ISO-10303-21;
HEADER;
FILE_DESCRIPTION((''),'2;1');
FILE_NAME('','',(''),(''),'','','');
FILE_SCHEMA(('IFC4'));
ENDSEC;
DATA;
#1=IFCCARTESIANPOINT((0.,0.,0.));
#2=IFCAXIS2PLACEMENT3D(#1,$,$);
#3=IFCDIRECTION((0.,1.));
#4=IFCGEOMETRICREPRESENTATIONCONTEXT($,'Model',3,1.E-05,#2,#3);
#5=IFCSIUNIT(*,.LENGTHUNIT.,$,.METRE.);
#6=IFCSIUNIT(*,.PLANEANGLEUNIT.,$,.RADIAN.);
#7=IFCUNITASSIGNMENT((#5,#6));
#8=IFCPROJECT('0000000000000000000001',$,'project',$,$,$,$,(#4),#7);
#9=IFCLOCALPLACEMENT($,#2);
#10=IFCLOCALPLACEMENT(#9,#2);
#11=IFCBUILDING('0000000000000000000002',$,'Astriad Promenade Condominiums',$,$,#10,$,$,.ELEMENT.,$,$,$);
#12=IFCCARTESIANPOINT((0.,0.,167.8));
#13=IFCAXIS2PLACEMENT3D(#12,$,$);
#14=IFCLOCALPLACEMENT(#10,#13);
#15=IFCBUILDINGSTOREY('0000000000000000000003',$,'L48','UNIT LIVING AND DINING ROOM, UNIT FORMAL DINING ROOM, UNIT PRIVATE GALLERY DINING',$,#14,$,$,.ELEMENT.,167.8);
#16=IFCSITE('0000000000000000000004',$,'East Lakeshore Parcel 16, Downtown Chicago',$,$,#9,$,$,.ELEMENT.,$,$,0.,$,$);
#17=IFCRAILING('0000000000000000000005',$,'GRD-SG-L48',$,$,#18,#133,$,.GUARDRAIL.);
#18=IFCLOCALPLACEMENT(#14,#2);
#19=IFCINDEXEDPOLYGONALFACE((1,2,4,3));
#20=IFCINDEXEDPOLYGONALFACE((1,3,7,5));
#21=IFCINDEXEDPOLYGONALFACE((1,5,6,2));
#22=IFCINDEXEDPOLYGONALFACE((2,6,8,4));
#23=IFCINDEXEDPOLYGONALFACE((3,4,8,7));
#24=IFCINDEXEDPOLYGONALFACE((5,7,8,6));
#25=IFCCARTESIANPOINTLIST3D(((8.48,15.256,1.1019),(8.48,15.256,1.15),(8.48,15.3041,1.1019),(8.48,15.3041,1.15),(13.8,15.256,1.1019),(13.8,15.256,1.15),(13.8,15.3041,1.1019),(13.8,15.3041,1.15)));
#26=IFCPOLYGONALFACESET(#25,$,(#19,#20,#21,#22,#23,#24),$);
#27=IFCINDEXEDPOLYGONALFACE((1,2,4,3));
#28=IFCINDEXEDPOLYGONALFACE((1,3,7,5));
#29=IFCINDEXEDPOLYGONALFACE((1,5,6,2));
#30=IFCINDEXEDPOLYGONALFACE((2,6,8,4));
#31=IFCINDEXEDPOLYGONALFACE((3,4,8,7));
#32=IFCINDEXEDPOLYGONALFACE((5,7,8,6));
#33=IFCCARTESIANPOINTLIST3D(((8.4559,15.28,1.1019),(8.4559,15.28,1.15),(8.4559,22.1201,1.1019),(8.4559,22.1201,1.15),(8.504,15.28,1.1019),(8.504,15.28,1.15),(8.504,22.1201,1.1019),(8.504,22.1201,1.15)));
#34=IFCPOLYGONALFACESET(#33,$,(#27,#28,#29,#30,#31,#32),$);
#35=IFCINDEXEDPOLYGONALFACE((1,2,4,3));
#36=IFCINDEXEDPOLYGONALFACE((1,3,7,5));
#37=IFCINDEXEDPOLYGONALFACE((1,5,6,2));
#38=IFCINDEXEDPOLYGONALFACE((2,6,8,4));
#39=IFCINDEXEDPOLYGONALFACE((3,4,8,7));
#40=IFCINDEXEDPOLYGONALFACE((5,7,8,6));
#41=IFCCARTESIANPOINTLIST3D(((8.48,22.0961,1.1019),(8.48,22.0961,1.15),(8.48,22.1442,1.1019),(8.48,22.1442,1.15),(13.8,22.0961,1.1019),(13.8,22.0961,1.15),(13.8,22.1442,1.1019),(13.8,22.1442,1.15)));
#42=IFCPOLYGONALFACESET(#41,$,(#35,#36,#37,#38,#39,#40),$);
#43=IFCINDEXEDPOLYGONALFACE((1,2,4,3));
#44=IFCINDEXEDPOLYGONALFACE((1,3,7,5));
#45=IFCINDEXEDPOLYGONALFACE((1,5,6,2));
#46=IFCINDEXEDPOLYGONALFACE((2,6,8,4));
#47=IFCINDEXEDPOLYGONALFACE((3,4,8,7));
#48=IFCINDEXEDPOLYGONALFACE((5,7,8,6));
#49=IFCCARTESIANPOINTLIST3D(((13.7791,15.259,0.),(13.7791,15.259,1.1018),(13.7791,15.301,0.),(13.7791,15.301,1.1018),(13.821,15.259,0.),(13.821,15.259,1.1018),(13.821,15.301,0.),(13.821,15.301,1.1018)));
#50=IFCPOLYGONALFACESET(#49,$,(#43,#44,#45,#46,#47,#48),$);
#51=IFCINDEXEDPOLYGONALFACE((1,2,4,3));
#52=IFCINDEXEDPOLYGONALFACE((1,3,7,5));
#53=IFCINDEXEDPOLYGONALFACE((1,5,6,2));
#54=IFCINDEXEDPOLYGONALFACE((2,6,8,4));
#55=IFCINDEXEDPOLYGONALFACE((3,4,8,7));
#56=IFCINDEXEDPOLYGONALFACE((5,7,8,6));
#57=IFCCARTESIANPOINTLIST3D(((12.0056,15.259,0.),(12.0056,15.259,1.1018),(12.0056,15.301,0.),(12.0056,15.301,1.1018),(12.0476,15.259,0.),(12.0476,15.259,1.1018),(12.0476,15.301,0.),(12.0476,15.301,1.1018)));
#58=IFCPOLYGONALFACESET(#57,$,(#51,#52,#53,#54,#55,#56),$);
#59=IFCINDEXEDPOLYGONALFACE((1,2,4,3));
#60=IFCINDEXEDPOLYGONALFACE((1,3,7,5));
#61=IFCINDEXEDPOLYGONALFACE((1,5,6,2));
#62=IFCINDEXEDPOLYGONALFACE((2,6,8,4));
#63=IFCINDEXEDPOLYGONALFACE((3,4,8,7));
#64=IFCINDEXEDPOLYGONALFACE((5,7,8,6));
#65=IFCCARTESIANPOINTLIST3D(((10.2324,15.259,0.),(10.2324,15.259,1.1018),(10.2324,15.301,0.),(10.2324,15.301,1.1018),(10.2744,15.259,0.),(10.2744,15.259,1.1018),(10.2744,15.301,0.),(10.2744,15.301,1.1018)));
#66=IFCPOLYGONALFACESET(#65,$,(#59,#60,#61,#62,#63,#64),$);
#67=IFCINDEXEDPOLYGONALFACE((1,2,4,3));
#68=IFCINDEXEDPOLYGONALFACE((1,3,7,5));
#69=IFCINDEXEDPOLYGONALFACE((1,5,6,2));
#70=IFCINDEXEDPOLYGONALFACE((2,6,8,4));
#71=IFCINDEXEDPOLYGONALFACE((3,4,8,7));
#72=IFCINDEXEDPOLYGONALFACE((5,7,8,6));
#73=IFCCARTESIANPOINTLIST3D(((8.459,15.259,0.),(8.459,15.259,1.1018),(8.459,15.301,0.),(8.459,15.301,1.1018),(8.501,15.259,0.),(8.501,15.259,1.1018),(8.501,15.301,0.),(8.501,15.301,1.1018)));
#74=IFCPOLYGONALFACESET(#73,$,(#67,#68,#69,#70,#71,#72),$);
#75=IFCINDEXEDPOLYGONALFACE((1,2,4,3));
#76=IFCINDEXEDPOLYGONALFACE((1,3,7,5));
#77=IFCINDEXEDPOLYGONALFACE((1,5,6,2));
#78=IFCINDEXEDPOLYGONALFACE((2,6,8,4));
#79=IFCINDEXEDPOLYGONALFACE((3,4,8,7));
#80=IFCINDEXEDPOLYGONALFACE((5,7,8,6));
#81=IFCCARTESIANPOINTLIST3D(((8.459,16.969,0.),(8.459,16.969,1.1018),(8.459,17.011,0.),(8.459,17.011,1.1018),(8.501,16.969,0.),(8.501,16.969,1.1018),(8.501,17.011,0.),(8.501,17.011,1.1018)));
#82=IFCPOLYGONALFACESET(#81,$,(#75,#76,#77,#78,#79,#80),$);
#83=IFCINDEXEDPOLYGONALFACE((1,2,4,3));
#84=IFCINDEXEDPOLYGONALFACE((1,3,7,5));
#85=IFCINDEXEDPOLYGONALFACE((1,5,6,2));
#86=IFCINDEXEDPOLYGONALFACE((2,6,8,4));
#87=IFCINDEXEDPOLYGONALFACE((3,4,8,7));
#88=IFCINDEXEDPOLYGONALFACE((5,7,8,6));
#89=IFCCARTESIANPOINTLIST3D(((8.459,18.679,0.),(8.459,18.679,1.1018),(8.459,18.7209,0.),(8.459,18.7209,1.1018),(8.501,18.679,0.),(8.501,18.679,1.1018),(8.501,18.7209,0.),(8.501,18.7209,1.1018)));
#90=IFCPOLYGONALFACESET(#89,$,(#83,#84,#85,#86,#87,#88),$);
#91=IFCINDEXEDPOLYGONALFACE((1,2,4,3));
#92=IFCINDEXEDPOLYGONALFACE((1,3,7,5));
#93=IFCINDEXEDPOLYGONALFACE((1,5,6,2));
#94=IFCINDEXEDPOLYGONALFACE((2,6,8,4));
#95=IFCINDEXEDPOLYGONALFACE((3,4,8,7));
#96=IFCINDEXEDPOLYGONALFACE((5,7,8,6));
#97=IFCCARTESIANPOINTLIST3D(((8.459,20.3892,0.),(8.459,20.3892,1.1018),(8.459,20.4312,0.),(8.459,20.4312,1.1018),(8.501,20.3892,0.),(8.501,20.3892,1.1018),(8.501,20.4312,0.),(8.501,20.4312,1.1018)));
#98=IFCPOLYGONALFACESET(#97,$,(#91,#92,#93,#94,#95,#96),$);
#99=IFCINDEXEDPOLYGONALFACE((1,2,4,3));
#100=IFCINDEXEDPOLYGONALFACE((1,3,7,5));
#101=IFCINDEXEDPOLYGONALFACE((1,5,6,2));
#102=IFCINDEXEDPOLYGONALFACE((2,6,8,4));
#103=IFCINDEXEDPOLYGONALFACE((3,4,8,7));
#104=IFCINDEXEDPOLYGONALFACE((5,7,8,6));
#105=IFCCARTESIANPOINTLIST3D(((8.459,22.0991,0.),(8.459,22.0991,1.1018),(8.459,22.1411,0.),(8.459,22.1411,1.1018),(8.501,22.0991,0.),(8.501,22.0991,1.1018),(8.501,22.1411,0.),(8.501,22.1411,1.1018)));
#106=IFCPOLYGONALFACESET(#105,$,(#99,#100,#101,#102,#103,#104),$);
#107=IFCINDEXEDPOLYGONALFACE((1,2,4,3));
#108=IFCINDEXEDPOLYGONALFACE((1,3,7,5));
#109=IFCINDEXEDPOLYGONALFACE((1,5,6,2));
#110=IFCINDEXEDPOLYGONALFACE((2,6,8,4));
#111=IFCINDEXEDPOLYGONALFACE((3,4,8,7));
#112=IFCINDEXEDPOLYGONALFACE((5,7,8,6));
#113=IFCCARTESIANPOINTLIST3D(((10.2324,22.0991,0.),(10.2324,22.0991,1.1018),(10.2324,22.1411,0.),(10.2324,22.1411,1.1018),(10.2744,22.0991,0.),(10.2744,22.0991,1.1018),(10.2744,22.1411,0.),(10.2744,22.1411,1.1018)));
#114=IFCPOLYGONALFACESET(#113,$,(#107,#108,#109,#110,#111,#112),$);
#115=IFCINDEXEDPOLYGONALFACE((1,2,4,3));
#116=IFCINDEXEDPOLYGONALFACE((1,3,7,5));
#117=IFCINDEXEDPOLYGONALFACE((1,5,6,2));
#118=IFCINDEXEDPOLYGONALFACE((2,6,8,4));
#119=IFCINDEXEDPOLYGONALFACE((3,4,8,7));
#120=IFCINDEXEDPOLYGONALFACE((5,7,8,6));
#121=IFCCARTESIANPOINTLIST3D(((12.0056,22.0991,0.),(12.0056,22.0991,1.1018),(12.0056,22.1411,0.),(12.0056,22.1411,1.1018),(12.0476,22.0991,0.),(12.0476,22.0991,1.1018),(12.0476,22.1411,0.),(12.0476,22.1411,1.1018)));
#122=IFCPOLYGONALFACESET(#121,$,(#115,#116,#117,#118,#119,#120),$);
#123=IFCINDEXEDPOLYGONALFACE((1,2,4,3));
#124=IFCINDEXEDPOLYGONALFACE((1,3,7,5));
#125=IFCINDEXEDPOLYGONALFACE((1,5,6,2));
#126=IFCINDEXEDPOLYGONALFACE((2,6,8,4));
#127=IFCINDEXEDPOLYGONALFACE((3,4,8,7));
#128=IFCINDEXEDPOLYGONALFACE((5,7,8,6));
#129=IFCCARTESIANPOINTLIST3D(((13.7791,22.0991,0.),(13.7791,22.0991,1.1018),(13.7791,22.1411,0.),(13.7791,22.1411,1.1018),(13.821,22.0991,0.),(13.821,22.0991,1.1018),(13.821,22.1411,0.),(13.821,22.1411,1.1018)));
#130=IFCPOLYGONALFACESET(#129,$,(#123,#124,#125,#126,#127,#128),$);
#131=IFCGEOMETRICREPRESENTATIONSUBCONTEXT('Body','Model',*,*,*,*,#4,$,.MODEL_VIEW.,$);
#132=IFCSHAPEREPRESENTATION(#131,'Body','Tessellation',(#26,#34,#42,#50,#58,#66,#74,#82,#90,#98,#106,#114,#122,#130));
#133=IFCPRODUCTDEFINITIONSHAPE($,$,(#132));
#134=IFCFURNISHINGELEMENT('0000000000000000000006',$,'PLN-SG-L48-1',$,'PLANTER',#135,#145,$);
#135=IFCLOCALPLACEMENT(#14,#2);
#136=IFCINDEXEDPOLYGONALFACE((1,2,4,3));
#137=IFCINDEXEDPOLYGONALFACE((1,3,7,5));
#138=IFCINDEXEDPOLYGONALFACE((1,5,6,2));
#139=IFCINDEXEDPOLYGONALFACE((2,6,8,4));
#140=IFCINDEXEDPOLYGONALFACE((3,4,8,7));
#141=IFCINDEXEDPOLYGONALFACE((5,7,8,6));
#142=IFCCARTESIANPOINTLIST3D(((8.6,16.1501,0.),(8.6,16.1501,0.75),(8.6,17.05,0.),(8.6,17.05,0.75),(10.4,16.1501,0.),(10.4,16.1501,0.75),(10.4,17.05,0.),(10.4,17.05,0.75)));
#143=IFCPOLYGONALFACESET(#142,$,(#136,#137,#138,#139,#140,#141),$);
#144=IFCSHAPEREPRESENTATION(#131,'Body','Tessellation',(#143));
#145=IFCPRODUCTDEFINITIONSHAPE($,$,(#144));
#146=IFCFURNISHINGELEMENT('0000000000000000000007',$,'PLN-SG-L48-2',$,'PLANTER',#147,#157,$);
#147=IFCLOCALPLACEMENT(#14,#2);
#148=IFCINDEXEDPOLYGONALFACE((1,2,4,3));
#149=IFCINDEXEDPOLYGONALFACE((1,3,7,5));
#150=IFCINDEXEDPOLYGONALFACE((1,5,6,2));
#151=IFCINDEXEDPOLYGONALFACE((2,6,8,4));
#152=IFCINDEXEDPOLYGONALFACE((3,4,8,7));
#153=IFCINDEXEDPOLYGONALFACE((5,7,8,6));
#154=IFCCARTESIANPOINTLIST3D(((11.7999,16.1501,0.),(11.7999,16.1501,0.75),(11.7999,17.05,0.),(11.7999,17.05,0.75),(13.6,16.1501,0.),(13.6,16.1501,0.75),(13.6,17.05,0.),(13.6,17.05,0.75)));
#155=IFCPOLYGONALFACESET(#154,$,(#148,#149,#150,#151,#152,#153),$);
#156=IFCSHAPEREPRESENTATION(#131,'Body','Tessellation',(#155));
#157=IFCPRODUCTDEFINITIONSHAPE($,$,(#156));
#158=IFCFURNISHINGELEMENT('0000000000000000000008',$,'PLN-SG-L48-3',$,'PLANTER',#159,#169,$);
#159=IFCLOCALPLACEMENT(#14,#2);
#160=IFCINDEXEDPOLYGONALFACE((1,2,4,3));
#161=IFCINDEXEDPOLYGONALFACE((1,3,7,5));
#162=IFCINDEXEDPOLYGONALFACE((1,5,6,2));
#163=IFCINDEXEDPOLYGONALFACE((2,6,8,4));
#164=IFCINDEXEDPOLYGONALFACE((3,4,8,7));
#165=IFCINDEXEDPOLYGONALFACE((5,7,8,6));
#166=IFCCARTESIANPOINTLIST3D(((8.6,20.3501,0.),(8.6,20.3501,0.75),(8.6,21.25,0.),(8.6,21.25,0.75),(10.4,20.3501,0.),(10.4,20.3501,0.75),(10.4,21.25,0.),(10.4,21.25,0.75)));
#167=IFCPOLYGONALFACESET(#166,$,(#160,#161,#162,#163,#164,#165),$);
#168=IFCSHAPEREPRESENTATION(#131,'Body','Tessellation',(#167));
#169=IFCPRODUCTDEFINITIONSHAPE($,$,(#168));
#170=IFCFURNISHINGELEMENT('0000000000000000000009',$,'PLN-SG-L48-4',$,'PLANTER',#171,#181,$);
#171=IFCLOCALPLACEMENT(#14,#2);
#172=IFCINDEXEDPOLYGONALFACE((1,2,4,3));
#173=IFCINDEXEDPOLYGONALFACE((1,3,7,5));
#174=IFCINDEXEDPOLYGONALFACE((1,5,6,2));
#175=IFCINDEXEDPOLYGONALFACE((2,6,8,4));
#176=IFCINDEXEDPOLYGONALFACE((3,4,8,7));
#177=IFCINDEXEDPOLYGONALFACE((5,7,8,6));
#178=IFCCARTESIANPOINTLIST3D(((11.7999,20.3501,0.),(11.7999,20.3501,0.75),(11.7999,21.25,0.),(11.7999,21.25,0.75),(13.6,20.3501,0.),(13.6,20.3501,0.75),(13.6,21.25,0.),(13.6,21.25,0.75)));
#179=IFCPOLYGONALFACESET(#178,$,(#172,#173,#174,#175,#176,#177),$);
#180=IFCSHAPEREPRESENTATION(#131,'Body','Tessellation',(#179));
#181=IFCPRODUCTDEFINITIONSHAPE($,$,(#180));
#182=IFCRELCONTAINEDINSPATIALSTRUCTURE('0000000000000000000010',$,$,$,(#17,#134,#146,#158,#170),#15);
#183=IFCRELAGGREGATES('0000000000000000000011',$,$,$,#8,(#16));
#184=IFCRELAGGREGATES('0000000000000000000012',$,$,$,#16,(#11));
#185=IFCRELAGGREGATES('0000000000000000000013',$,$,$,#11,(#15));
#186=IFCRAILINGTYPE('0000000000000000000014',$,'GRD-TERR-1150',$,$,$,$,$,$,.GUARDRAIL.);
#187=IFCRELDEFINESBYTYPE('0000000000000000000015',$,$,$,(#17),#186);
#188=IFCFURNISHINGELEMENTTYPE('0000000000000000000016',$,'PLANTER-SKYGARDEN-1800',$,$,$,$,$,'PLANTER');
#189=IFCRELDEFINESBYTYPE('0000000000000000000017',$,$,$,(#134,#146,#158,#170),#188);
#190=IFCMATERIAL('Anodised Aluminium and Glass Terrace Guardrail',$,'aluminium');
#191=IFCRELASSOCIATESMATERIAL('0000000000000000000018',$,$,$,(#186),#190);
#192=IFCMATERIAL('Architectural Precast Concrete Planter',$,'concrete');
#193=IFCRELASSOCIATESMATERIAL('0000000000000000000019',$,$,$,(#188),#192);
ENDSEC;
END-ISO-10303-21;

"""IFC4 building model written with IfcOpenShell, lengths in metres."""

from ifc_helpers import new_model, si_unit, direction, frame, origin, origin_2d, place, context, subcontext, project, spatial, rectangle, extrude, source, transform, mapped, material, type_object, type_shapes, element, save


model = new_model("IFC4")

# Units and contexts
model_context = context("Model", 3, precision=1e-05, world=origin(), true_north=direction((0.0, 1.0)))
body_context = subcontext(model_context, "Body", "Model", "MODEL_VIEW")
ifc_project = project(units=[si_unit("LENGTHUNIT", "METRE"), si_unit("PLANEANGLEUNIT", "RADIAN")], contexts=[model_context])

# Site, building, storey
site_placement = place(None, origin())
site = spatial("IfcSite", under=ifc_project, at=site_placement, Name="East Lakeshore Parcel 16, Downtown Chicago", CompositionType="ELEMENT", RefElevation=0.0)
building_placement = place(site_placement, origin())
building = spatial("IfcBuilding", under=site, at=building_placement, Name="Astriad Promenade Condominiums", CompositionType="ELEMENT")
storey_placement = place(building_placement, frame((0.0, 0.0, 167.8)))
storey = spatial("IfcBuildingStorey", under=building, at=storey_placement, Name="L48", Description="UNIT LIVING AND DINING ROOM, UNIT FORMAL DINING ROOM, UNIT PRIVATE GALLERY DINING", CompositionType="ELEMENT", Elevation=167.8)

# Railing
ifc_material_1 = material(Name="Anodised Aluminium and Glass Terrace Guardrail", Category="aluminium")
railing_type = type_object("IfcRailingType", Name="GRD-TERR-1150", PredefinedType="GUARDRAIL", material=ifc_material_1)
shared_shape_1 = source(origin(), body_context, "Body", "SweptSolid", [
    extrude(rectangle(XDim=0.0481, YDim=0.0481, at=origin_2d()), frame((0.0, 0.0, 1.126), z_axis=(-1.0, 0.0, 0.0), x_axis=(0.0, -1.0, 0.0)), (0.0, 0.0, 1.0), 5.3201),
    extrude(rectangle(XDim=0.0481, YDim=0.0481, at=origin_2d()), frame((-5.3201, 0.0, 1.126), z_axis=(0.0, 1.0, 0.0), x_axis=(-1.0, 0.0, 0.0)), (0.0, 0.0, 1.0), 6.8401),
    extrude(rectangle(XDim=0.0481, YDim=0.0481, at=origin_2d()), frame((-5.3201, 6.8401, 1.126), z_axis=(1.0, 0.0, 0.0), x_axis=(0.0, 1.0, 0.0)), (0.0, 0.0, 1.0), 5.3201),
    extrude(rectangle(XDim=0.042, YDim=0.042, at=origin_2d()), origin(), (0.0, 0.0, 1.0), 1.1018),
    extrude(rectangle(XDim=0.042, YDim=0.042, at=origin_2d()), frame((-1.7734, 0.0, 0.0)), (0.0, 0.0, 1.0), 1.1018),
    extrude(rectangle(XDim=0.042, YDim=0.042, at=origin_2d()), frame((-3.5466, 0.0, 0.0)), (0.0, 0.0, 1.0), 1.1018),
    extrude(rectangle(XDim=0.042, YDim=0.042, at=origin_2d()), frame((-5.3201, 0.0, 0.0)), (0.0, 0.0, 1.0), 1.1018),
    extrude(rectangle(XDim=0.042, YDim=0.042, at=origin_2d()), frame((-5.3201, 1.71, 0.0)), (0.0, 0.0, 1.0), 1.1018),
    extrude(rectangle(XDim=0.042, YDim=0.042, at=origin_2d()), frame((-5.3201, 3.4199, 0.0)), (0.0, 0.0, 1.0), 1.1018),
    extrude(rectangle(XDim=0.042, YDim=0.042, at=origin_2d()), frame((-5.3201, 5.1301, 0.0)), (0.0, 0.0, 1.0), 1.1018),
    extrude(rectangle(XDim=0.042, YDim=0.042, at=origin_2d()), frame((-5.3201, 6.8401, 0.0)), (0.0, 0.0, 1.0), 1.1018),
    extrude(rectangle(XDim=0.042, YDim=0.042, at=origin_2d()), frame((-3.5466, 6.8401, 0.0)), (0.0, 0.0, 1.0), 1.1018),
    extrude(rectangle(XDim=0.042, YDim=0.042, at=origin_2d()), frame((-1.7734, 6.8401, 0.0)), (0.0, 0.0, 1.0), 1.1018),
    extrude(rectangle(XDim=0.042, YDim=0.042, at=origin_2d()), frame((0.0, 6.8401, 0.0)), (0.0, 0.0, 1.0), 1.1018),
])
type_shapes(railing_type, [shared_shape_1])
railing_placement = place(storey_placement, frame((13.8, 15.28, 0.0)))
element("IfcRailing", 1, at=railing_placement, inside=storey, type_object=railing_type, Name="GRD-SG-L48", PredefinedType="GUARDRAIL", context=body_context, shape_type="MappedRepresentation", body=[
    mapped(shared_shape_1, transform((0.0, 0.0, 0.0), scale=1.0)),
])

# Furnishing elements
ifc_material_2 = material(Name="Architectural Precast Concrete Planter", Category="concrete")
furnishing_element_type = type_object("IfcFurnishingElementType", Name="PLANTER-SKYGARDEN-1800", ElementType="PLANTER", material=ifc_material_2)
shared_shape_2 = source(origin(), body_context, "Body", "SweptSolid", [
    extrude(rectangle(XDim=1.8, YDim=0.8999, at=origin_2d()), origin(), (0.0, 0.0, 1.0), 0.75),
])
type_shapes(furnishing_element_type, [shared_shape_2])
for number, where, z_axis, x_axis, name in (
    (2, (9.5, 16.6001, 0.0), (0.0, 0.0, 1.0), (1.0, 0.0, 0.0), "PLN-SG-L48-1"),
    (3, (12.7, 16.6001, 0.0), (0.0, 0.0, 1.0), (1.0, 0.0, 0.0), "PLN-SG-L48-2"),
    (4, (9.5, 20.8, 0.0), (0.0, 0.0, 1.0), (1.0, 0.0, 0.0), "PLN-SG-L48-3"),
    (5, (12.7, 20.8, 0.0), (0.0, 0.0, 1.0), (1.0, 0.0, 0.0), "PLN-SG-L48-4"),
):
    element("IfcFurnishingElement", number, at=place(storey_placement, frame(where, z_axis=z_axis, x_axis=x_axis)), inside=storey, type_object=furnishing_element_type, Name=name, ObjectType="PLANTER", context=body_context, shape_type="MappedRepresentation", body=[
        mapped(shared_shape_2, transform((0.0, 0.0, 0.0), scale=1.0)),
    ])

save(model, "model.ifc")
